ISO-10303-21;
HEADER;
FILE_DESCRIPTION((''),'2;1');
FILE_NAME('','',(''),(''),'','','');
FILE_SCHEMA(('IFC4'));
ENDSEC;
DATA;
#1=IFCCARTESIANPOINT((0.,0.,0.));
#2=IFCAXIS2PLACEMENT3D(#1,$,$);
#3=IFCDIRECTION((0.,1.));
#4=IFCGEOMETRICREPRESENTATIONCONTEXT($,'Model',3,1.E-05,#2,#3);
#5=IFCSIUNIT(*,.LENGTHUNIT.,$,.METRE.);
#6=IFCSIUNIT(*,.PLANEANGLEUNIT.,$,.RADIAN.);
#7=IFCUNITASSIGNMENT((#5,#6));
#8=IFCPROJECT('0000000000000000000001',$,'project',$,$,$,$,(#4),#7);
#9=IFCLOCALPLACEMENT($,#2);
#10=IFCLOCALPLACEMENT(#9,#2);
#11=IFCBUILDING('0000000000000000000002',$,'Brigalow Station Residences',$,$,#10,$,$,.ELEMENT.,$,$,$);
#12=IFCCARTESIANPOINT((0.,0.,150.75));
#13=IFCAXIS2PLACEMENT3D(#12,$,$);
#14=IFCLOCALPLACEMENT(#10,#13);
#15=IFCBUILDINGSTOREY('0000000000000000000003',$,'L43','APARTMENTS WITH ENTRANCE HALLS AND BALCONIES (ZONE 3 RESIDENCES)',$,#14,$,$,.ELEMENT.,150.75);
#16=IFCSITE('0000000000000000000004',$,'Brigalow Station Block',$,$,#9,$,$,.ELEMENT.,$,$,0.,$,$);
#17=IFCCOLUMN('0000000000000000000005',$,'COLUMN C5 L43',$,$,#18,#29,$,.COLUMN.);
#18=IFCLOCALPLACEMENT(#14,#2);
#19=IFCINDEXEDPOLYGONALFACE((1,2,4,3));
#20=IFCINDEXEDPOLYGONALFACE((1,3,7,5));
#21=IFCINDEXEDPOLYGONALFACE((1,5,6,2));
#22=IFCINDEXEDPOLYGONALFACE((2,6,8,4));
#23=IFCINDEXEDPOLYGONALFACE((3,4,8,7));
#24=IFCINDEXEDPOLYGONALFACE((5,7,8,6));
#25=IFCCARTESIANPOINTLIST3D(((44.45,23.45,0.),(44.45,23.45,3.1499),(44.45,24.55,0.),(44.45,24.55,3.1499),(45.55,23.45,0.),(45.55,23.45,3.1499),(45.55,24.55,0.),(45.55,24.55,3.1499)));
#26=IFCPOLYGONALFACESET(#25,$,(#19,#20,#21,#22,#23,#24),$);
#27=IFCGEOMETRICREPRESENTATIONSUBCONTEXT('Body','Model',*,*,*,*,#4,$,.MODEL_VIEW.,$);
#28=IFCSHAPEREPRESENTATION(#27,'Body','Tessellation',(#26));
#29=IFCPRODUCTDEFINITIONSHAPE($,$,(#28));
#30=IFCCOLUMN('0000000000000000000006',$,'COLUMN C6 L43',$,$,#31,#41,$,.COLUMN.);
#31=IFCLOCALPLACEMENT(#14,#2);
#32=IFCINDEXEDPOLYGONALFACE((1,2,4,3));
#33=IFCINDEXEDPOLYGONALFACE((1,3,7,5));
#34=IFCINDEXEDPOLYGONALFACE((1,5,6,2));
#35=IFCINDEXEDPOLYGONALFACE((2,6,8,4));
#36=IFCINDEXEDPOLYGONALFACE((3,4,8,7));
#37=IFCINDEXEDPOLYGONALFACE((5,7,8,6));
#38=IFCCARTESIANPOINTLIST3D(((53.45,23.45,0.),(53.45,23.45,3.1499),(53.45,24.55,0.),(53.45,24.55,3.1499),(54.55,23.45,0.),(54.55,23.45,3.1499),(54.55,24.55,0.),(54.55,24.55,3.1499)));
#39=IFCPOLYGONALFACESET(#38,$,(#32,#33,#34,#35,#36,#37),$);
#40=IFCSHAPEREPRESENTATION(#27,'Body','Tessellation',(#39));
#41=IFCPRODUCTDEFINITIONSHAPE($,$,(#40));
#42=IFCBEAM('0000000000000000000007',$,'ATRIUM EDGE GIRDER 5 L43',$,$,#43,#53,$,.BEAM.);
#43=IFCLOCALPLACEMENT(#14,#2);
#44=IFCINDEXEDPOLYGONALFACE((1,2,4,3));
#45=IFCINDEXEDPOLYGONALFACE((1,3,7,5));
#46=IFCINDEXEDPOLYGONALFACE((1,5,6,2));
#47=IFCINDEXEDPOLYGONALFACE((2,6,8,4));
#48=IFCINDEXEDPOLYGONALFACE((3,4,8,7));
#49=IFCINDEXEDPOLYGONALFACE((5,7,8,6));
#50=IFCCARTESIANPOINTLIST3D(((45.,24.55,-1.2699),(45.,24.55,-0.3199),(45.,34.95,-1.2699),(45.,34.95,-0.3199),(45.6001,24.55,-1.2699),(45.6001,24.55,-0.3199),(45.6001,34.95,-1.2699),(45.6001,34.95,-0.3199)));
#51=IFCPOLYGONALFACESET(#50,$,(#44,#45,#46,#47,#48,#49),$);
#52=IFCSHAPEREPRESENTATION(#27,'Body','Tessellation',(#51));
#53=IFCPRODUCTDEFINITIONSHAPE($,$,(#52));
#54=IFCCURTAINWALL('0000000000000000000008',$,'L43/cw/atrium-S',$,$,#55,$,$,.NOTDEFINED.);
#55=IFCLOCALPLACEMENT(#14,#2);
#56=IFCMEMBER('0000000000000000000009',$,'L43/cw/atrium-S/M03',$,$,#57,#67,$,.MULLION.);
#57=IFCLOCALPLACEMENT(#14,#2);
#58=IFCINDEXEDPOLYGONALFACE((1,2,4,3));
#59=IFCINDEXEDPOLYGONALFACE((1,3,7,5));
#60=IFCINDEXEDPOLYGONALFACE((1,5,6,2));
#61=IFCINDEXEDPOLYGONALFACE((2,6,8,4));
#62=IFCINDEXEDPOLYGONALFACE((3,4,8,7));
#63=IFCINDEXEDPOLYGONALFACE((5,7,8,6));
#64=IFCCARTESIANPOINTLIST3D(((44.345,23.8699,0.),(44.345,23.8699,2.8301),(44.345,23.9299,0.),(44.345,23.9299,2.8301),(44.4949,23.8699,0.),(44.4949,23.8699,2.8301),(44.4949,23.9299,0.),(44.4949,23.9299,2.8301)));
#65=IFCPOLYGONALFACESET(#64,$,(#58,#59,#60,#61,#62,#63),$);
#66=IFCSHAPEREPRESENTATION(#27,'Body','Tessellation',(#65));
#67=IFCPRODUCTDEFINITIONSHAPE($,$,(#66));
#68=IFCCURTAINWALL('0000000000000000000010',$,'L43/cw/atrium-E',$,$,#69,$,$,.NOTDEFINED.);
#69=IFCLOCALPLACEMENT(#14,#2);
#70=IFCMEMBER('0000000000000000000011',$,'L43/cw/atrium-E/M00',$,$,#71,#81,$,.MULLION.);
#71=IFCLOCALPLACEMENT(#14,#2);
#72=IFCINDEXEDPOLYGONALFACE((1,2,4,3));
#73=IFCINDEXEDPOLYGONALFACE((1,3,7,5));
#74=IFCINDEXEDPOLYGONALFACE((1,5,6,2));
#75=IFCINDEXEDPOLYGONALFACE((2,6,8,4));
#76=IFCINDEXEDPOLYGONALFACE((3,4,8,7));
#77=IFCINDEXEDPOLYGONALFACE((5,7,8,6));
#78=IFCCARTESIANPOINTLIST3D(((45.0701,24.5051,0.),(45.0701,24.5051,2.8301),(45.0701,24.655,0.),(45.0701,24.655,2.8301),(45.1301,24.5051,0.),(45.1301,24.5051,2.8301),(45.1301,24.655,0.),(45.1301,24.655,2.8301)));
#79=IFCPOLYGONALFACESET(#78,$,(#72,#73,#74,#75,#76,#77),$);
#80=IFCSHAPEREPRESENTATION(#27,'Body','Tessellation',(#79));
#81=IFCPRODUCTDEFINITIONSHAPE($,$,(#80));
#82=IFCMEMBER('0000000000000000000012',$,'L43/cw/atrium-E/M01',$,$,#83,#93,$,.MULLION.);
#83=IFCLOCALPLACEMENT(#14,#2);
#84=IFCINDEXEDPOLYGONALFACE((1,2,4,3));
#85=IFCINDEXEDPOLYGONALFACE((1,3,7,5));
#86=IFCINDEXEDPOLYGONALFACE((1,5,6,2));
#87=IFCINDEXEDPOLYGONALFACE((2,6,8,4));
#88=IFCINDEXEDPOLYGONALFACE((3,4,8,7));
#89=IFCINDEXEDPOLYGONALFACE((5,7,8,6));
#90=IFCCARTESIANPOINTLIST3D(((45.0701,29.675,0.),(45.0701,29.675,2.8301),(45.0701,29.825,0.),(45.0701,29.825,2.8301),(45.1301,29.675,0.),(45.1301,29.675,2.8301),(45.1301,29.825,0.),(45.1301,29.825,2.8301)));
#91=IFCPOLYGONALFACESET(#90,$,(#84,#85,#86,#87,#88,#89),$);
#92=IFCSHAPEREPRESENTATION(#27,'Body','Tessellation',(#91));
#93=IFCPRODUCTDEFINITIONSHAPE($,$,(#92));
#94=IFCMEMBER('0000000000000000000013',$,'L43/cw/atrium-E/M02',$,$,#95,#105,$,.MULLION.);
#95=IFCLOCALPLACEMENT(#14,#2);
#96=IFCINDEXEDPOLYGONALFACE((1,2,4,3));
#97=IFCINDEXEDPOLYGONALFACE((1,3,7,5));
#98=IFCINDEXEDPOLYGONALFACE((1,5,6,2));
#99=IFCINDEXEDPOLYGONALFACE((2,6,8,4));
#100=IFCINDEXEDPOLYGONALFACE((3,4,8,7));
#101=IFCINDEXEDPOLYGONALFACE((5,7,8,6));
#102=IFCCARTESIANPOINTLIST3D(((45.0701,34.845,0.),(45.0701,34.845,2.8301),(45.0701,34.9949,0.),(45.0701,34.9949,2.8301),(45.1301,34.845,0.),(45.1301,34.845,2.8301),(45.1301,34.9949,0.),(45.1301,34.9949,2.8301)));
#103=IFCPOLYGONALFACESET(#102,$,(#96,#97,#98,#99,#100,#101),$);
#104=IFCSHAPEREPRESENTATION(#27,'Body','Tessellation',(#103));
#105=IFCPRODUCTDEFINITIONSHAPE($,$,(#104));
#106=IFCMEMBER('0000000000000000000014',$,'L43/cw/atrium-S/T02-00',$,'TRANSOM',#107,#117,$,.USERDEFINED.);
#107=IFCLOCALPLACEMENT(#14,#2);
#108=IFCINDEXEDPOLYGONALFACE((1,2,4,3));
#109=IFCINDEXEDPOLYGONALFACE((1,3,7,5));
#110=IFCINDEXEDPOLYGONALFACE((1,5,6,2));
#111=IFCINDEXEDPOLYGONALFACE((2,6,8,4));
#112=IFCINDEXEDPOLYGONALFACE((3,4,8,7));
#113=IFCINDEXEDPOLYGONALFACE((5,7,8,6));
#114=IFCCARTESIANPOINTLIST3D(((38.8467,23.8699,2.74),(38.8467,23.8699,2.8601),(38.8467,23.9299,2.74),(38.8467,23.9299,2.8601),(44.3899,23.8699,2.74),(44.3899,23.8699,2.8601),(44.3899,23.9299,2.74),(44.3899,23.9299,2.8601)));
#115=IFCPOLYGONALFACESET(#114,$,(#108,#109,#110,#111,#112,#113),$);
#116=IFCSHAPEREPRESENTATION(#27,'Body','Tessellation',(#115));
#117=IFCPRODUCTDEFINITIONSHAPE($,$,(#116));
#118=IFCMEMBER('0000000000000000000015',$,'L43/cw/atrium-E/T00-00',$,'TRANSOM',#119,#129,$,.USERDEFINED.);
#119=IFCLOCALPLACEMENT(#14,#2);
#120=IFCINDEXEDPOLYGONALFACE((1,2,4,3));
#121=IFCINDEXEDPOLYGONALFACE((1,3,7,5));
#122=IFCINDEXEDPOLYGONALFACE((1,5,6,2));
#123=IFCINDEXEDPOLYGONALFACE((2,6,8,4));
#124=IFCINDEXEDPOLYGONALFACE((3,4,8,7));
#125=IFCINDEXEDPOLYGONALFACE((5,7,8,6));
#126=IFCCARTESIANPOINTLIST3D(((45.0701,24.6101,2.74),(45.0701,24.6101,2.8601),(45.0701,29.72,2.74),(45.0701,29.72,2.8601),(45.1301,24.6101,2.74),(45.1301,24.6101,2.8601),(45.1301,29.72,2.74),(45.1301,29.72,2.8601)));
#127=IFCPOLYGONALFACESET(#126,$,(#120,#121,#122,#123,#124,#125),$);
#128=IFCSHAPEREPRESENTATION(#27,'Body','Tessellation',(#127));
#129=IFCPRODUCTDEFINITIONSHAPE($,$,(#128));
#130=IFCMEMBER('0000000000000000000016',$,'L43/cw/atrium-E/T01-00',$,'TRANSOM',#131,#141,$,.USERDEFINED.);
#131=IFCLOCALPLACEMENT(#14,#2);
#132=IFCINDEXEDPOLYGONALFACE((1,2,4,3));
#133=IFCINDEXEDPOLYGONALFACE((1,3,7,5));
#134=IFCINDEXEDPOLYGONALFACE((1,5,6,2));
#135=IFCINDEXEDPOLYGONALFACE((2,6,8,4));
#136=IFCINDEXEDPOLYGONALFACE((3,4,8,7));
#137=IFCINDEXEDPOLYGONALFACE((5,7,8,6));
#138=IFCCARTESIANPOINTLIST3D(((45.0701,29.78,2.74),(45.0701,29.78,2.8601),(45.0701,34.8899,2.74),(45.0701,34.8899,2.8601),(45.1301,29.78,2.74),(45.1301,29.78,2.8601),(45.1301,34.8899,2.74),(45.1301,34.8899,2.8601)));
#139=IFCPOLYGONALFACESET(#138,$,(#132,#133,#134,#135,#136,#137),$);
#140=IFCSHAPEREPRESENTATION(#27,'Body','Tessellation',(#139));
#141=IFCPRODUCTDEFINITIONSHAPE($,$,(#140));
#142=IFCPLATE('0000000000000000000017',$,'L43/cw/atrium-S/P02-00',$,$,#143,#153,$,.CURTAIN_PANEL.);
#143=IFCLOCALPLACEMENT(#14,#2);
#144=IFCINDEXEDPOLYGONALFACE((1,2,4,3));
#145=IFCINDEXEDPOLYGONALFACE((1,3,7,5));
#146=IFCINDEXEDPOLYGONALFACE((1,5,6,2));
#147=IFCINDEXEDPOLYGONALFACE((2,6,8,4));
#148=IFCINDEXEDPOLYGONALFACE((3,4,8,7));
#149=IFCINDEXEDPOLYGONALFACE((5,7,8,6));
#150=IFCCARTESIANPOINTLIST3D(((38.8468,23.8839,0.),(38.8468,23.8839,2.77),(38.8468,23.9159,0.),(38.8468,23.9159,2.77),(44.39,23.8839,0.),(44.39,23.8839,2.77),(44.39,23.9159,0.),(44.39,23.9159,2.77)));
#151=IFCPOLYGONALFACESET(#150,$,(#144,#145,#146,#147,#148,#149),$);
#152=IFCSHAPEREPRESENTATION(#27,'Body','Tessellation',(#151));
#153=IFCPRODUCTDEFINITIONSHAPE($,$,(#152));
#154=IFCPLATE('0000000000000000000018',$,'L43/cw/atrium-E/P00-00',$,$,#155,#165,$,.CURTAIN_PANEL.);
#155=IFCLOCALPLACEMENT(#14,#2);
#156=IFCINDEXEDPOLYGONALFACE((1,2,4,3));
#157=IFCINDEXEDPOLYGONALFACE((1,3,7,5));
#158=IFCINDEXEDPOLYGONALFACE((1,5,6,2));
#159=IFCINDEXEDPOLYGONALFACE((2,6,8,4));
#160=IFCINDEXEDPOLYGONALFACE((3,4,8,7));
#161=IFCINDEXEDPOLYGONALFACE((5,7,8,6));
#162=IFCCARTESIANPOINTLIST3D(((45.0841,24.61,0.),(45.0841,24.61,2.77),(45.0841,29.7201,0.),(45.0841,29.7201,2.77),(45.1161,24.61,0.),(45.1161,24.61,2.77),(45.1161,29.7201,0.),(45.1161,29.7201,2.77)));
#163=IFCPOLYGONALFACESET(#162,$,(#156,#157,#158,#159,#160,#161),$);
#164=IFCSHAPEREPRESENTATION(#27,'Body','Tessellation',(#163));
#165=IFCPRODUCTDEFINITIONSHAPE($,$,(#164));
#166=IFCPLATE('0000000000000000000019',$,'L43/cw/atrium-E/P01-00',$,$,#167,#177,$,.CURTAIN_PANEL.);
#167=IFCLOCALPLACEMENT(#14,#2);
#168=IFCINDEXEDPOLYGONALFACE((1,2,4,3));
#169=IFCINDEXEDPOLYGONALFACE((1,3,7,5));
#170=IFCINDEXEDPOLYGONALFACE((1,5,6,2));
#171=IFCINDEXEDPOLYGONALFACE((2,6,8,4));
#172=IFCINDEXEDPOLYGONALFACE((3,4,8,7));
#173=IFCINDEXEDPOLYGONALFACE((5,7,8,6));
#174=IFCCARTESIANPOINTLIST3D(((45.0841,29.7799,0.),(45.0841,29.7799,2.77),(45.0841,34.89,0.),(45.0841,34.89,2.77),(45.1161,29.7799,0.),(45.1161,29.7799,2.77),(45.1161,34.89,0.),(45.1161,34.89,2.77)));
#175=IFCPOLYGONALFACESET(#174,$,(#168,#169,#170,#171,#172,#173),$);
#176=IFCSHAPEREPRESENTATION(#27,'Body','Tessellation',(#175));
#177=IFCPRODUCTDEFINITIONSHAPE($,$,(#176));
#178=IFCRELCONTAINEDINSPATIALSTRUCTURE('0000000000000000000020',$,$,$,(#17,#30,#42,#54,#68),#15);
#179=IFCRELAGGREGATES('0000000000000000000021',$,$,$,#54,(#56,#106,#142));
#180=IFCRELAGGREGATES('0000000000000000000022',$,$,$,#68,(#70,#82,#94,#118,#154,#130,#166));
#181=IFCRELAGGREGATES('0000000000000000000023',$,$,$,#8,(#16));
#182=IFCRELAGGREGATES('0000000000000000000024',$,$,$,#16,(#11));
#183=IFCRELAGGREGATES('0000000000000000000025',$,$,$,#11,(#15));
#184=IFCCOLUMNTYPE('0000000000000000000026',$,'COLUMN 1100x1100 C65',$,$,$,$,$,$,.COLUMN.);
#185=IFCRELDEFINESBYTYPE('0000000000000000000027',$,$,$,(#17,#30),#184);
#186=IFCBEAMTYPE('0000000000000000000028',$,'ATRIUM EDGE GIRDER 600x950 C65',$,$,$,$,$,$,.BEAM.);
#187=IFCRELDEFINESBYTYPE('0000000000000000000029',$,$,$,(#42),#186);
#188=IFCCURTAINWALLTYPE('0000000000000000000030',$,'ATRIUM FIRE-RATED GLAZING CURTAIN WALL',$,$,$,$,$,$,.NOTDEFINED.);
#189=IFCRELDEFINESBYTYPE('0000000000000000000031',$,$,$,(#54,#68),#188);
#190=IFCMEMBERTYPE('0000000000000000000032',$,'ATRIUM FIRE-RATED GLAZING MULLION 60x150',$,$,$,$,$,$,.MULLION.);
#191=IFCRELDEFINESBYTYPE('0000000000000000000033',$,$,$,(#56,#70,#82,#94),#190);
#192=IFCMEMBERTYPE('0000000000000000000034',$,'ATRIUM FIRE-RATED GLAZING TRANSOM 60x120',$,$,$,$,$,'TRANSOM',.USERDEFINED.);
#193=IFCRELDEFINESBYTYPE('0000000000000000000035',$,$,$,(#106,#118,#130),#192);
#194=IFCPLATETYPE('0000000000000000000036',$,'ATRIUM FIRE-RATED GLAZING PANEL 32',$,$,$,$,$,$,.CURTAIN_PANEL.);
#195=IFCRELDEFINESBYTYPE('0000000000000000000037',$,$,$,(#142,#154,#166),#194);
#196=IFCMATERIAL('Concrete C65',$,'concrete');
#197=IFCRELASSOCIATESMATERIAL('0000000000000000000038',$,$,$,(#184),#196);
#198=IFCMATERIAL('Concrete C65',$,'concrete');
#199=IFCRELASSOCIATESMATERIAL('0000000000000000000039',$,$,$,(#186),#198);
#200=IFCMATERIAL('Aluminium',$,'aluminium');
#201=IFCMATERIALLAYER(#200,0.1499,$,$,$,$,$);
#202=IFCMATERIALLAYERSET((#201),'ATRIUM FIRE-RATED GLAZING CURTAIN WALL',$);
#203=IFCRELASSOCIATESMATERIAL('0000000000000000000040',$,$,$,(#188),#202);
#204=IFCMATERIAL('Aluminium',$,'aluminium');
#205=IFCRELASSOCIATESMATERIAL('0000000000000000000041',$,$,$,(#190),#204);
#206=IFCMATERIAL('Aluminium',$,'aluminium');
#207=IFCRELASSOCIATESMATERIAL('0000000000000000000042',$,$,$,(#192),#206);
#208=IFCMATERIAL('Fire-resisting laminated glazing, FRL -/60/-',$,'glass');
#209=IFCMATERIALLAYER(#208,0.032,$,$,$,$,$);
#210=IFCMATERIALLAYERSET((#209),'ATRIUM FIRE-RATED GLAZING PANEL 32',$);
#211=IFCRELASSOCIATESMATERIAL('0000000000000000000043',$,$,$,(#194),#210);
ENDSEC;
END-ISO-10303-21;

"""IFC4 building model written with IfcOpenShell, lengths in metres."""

from ifc_helpers import new_model, si_unit, direction, frame, origin, origin_2d, place, context, subcontext, project, spatial, rectangle, extrude, material, layer, layer_set, material_profile, profile_set, type_object, element, aggregate, save


model = new_model("IFC4")

# Units and contexts
model_context = context("Model", 3, precision=1e-05, world=origin(), true_north=direction((0.0, 1.0)))
body_context = subcontext(model_context, "Body", "Model", "MODEL_VIEW")
ifc_project = project(units=[si_unit("LENGTHUNIT", "METRE"), si_unit("PLANEANGLEUNIT", "RADIAN")], contexts=[model_context])

# Site, building, storey
site_placement = place(None, origin())
site = spatial("IfcSite", under=ifc_project, at=site_placement, Name="Brigalow Station Block", CompositionType="ELEMENT", RefElevation=0.0)
building_placement = place(site_placement, origin())
building = spatial("IfcBuilding", under=site, at=building_placement, Name="Brigalow Station Residences", CompositionType="ELEMENT")
storey_placement = place(building_placement, frame((0.0, 0.0, 150.75)))
storey = spatial("IfcBuildingStorey", under=building, at=storey_placement, Name="L43", Description="APARTMENTS WITH ENTRANCE HALLS AND BALCONIES (ZONE 3 RESIDENCES)", CompositionType="ELEMENT", Elevation=150.75)

# Columns
ifc_material_1 = material(Name="Concrete C65", Category="concrete")
ifc_material_profile_1 = material_profile(ifc_material_1, rectangle(XDim=1.1001, YDim=1.1001, at=origin_2d()), Name="RC1100x1100")
ifc_profile_set_1 = profile_set([ifc_material_profile_1], Name="Concrete C65")
column_type = type_object("IfcColumnType", Name="COLUMN 1100x1100 C65", PredefinedType="COLUMN", material=ifc_profile_set_1)
for number, where, z_axis, x_axis, name in (
    (1, (45.0, 24.0, 0.0), (0.0, 0.0, 1.0), (1.0, 0.0, 0.0), "COLUMN C5 L43"),
    (2, (54.0, 24.0, 0.0), (0.0, 0.0, 1.0), (1.0, 0.0, 0.0), "COLUMN C6 L43"),
):
    element("IfcColumn", number, at=place(storey_placement, frame(where, z_axis=z_axis, x_axis=x_axis)), inside=storey, type_object=column_type, Name=name, PredefinedType="COLUMN", context=body_context, shape_type="SweptSolid", body=[
        extrude(rectangle(XDim=1.1001, YDim=1.1001, at=origin_2d()), origin(), (0.0, 0.0, 1.0), 3.1499),
    ])

# Beam
ifc_material_2 = material(Name="Concrete C65", Category="concrete")
ifc_material_profile_2 = material_profile(ifc_material_2, rectangle(XDim=0.6001, YDim=0.95, at=origin_2d()), Name="RC600x950")
ifc_profile_set_2 = profile_set([ifc_material_profile_2], Name="Concrete C65")
beam_type = type_object("IfcBeamType", Name="ATRIUM EDGE GIRDER 600x950 C65", PredefinedType="BEAM", material=ifc_profile_set_2)
beam_placement = place(storey_placement, frame((45.3, 24.55, -0.7949), z_axis=(0.0, 1.0, 0.0), x_axis=(-1.0, 0.0, 0.0)))
element("IfcBeam", 3, at=beam_placement, inside=storey, type_object=beam_type, Name="ATRIUM EDGE GIRDER 5 L43", PredefinedType="BEAM", context=body_context, shape_type="SweptSolid", body=[
    extrude(rectangle(XDim=0.6001, YDim=0.95, at=origin_2d()), origin(), (0.0, 0.0, 1.0), 10.3999),
])

# Curtain wall, member
ifc_material_3 = material(Name="Aluminium", Category="aluminium")
ifc_layer_1 = layer(ifc_material_3, 0.1499)
ifc_layer_set_1 = layer_set([ifc_layer_1], Name="ATRIUM FIRE-RATED GLAZING CURTAIN WALL")
curtain_wall_type = type_object("IfcCurtainWallType", Name="ATRIUM FIRE-RATED GLAZING CURTAIN WALL", PredefinedType="NOTDEFINED", material=ifc_layer_set_1)
curtain_wall_1_placement = place(storey_placement, origin())
curtain_wall_1 = element("IfcCurtainWall", 4, at=curtain_wall_1_placement, inside=storey, type_object=curtain_wall_type, Name="L43/cw/atrium-S", PredefinedType="NOTDEFINED")
ifc_material_4 = material(Name="Aluminium", Category="aluminium")
ifc_material_profile_3 = material_profile(ifc_material_4, rectangle(XDim=0.0601, YDim=0.1499, at=origin_2d()), Name="ATRIUM FIRE-RATED GLAZING MULLION 60x150")
ifc_profile_set_3 = profile_set([ifc_material_profile_3], Name="Aluminium")
member_type_1 = type_object("IfcMemberType", Name="ATRIUM FIRE-RATED GLAZING MULLION 60x150", PredefinedType="MULLION", material=ifc_profile_set_3)
member_1_placement = place(storey_placement, frame((44.4199, 23.8999, 0.0), z_axis=(0.0, 0.0, 1.0), x_axis=(0.0, 1.0, 0.0)))
member_1 = element("IfcMember", 5, at=member_1_placement, type_object=member_type_1, Name="L43/cw/atrium-S/M03", PredefinedType="MULLION", context=body_context, shape_type="SweptSolid", body=[
    extrude(rectangle(XDim=0.0601, YDim=0.1499, at=origin_2d()), origin(), (0.0, 0.0, 1.0), 2.8301),
])

# Curtain wall, members
curtain_wall_2_placement = place(storey_placement, origin())
curtain_wall_2 = element("IfcCurtainWall", 6, at=curtain_wall_2_placement, inside=storey, type_object=curtain_wall_type, Name="L43/cw/atrium-E", PredefinedType="NOTDEFINED")
member_2_placement = place(storey_placement, frame((45.1001, 24.5801, 0.0), z_axis=(0.0, 0.0, 1.0), x_axis=(-1.0, 0.0, 0.0)))
member_2 = element("IfcMember", 7, at=member_2_placement, type_object=member_type_1, Name="L43/cw/atrium-E/M00", PredefinedType="MULLION", context=body_context, shape_type="SweptSolid", body=[
    extrude(rectangle(XDim=0.0601, YDim=0.1499, at=origin_2d()), origin(), (0.0, 0.0, 1.0), 2.8301),
])
member_3_placement = place(storey_placement, frame((45.1001, 29.75, 0.0), z_axis=(0.0, 0.0, 1.0), x_axis=(-1.0, 0.0, 0.0)))
member_3 = element("IfcMember", 8, at=member_3_placement, type_object=member_type_1, Name="L43/cw/atrium-E/M01", PredefinedType="MULLION", context=body_context, shape_type="SweptSolid", body=[
    extrude(rectangle(XDim=0.0601, YDim=0.1499, at=origin_2d()), origin(), (0.0, 0.0, 1.0), 2.8301),
])
member_4_placement = place(storey_placement, frame((45.1001, 34.9199, 0.0), z_axis=(0.0, 0.0, 1.0), x_axis=(-1.0, 0.0, 0.0)))
member_4 = element("IfcMember", 9, at=member_4_placement, type_object=member_type_1, Name="L43/cw/atrium-E/M02", PredefinedType="MULLION", context=body_context, shape_type="SweptSolid", body=[
    extrude(rectangle(XDim=0.0601, YDim=0.1499, at=origin_2d()), origin(), (0.0, 0.0, 1.0), 2.8301),
])

# Members
ifc_material_5 = material(Name="Aluminium", Category="aluminium")
ifc_material_profile_4 = material_profile(ifc_material_5, rectangle(XDim=0.0601, YDim=0.1201, at=origin_2d()), Name="ATRIUM FIRE-RATED GLAZING TRANSOM 60x120")
ifc_profile_set_4 = profile_set([ifc_material_profile_4], Name="Aluminium")
member_type_2 = type_object("IfcMemberType", Name="ATRIUM FIRE-RATED GLAZING TRANSOM 60x120", ElementType="TRANSOM", PredefinedType="USERDEFINED", material=ifc_profile_set_4)
member_5_placement = place(storey_placement, frame((38.8467, 23.8999, 2.8), z_axis=(1.0, 0.0, 0.0), x_axis=(0.0, 1.0, 0.0)))
member_5 = element("IfcMember", 10, at=member_5_placement, type_object=member_type_2, Name="L43/cw/atrium-S/T02-00", ObjectType="TRANSOM", PredefinedType="USERDEFINED", context=body_context, shape_type="SweptSolid", body=[
    extrude(rectangle(XDim=0.0601, YDim=0.1201, at=origin_2d()), origin(), (0.0, 0.0, 1.0), 5.5432),
])
member_6_placement = place(storey_placement, frame((45.1001, 24.6101, 2.8), z_axis=(0.0, 1.0, 0.0), x_axis=(-1.0, 0.0, 0.0)))
member_6 = element("IfcMember", 11, at=member_6_placement, type_object=member_type_2, Name="L43/cw/atrium-E/T00-00", ObjectType="TRANSOM", PredefinedType="USERDEFINED", context=body_context, shape_type="SweptSolid", body=[
    extrude(rectangle(XDim=0.0601, YDim=0.1201, at=origin_2d()), origin(), (0.0, 0.0, 1.0), 5.1099),
])
member_7_placement = place(storey_placement, frame((45.1001, 29.78, 2.8), z_axis=(0.0, 1.0, 0.0), x_axis=(-1.0, 0.0, 0.0)))
member_7 = element("IfcMember", 12, at=member_7_placement, type_object=member_type_2, Name="L43/cw/atrium-E/T01-00", ObjectType="TRANSOM", PredefinedType="USERDEFINED", context=body_context, shape_type="SweptSolid", body=[
    extrude(rectangle(XDim=0.0601, YDim=0.1201, at=origin_2d()), origin(), (0.0, 0.0, 1.0), 5.1099),
])

# Plates
ifc_material_6 = material(Name="Fire-resisting laminated glazing, FRL -/60/-", Category="glass")
ifc_layer_2 = layer(ifc_material_6, 0.032)
ifc_layer_set_2 = layer_set([ifc_layer_2], Name="ATRIUM FIRE-RATED GLAZING PANEL 32")
plate_type = type_object("IfcPlateType", Name="ATRIUM FIRE-RATED GLAZING PANEL 32", PredefinedType="CURTAIN_PANEL", material=ifc_layer_set_2)
plate_1_placement = place(storey_placement, frame((41.6184, 23.8999, 0.0), z_axis=(0.0, 0.0, 1.0), x_axis=(1.0, 0.0, 0.0)))
plate_1 = element("IfcPlate", 13, at=plate_1_placement, type_object=plate_type, Name="L43/cw/atrium-S/P02-00", PredefinedType="CURTAIN_PANEL", context=body_context, shape_type="SweptSolid", body=[
    extrude(rectangle(XDim=5.5432, YDim=0.032, at=origin_2d()), origin(), (0.0, 0.0, 1.0), 2.77),
])
aggregate(curtain_wall_1, [member_1, member_5, plate_1])
plate_2_placement = place(storey_placement, frame((45.1001, 27.165, 0.0), z_axis=(0.0, 0.0, 1.0), x_axis=(0.0, 1.0, 0.0)))
plate_2 = element("IfcPlate", 14, at=plate_2_placement, type_object=plate_type, Name="L43/cw/atrium-E/P00-00", PredefinedType="CURTAIN_PANEL", context=body_context, shape_type="SweptSolid", body=[
    extrude(rectangle(XDim=5.1101, YDim=0.032, at=origin_2d()), origin(), (0.0, 0.0, 1.0), 2.77),
])
plate_3_placement = place(storey_placement, frame((45.1001, 32.335, 0.0), z_axis=(0.0, 0.0, 1.0), x_axis=(0.0, 1.0, 0.0)))
plate_3 = element("IfcPlate", 15, at=plate_3_placement, type_object=plate_type, Name="L43/cw/atrium-E/P01-00", PredefinedType="CURTAIN_PANEL", context=body_context, shape_type="SweptSolid", body=[
    extrude(rectangle(XDim=5.1101, YDim=0.032, at=origin_2d()), origin(), (0.0, 0.0, 1.0), 2.77),
])
aggregate(curtain_wall_2, [member_2, member_3, member_4, member_6, plate_2, member_7, plate_3])

save(model, "model.ifc")
